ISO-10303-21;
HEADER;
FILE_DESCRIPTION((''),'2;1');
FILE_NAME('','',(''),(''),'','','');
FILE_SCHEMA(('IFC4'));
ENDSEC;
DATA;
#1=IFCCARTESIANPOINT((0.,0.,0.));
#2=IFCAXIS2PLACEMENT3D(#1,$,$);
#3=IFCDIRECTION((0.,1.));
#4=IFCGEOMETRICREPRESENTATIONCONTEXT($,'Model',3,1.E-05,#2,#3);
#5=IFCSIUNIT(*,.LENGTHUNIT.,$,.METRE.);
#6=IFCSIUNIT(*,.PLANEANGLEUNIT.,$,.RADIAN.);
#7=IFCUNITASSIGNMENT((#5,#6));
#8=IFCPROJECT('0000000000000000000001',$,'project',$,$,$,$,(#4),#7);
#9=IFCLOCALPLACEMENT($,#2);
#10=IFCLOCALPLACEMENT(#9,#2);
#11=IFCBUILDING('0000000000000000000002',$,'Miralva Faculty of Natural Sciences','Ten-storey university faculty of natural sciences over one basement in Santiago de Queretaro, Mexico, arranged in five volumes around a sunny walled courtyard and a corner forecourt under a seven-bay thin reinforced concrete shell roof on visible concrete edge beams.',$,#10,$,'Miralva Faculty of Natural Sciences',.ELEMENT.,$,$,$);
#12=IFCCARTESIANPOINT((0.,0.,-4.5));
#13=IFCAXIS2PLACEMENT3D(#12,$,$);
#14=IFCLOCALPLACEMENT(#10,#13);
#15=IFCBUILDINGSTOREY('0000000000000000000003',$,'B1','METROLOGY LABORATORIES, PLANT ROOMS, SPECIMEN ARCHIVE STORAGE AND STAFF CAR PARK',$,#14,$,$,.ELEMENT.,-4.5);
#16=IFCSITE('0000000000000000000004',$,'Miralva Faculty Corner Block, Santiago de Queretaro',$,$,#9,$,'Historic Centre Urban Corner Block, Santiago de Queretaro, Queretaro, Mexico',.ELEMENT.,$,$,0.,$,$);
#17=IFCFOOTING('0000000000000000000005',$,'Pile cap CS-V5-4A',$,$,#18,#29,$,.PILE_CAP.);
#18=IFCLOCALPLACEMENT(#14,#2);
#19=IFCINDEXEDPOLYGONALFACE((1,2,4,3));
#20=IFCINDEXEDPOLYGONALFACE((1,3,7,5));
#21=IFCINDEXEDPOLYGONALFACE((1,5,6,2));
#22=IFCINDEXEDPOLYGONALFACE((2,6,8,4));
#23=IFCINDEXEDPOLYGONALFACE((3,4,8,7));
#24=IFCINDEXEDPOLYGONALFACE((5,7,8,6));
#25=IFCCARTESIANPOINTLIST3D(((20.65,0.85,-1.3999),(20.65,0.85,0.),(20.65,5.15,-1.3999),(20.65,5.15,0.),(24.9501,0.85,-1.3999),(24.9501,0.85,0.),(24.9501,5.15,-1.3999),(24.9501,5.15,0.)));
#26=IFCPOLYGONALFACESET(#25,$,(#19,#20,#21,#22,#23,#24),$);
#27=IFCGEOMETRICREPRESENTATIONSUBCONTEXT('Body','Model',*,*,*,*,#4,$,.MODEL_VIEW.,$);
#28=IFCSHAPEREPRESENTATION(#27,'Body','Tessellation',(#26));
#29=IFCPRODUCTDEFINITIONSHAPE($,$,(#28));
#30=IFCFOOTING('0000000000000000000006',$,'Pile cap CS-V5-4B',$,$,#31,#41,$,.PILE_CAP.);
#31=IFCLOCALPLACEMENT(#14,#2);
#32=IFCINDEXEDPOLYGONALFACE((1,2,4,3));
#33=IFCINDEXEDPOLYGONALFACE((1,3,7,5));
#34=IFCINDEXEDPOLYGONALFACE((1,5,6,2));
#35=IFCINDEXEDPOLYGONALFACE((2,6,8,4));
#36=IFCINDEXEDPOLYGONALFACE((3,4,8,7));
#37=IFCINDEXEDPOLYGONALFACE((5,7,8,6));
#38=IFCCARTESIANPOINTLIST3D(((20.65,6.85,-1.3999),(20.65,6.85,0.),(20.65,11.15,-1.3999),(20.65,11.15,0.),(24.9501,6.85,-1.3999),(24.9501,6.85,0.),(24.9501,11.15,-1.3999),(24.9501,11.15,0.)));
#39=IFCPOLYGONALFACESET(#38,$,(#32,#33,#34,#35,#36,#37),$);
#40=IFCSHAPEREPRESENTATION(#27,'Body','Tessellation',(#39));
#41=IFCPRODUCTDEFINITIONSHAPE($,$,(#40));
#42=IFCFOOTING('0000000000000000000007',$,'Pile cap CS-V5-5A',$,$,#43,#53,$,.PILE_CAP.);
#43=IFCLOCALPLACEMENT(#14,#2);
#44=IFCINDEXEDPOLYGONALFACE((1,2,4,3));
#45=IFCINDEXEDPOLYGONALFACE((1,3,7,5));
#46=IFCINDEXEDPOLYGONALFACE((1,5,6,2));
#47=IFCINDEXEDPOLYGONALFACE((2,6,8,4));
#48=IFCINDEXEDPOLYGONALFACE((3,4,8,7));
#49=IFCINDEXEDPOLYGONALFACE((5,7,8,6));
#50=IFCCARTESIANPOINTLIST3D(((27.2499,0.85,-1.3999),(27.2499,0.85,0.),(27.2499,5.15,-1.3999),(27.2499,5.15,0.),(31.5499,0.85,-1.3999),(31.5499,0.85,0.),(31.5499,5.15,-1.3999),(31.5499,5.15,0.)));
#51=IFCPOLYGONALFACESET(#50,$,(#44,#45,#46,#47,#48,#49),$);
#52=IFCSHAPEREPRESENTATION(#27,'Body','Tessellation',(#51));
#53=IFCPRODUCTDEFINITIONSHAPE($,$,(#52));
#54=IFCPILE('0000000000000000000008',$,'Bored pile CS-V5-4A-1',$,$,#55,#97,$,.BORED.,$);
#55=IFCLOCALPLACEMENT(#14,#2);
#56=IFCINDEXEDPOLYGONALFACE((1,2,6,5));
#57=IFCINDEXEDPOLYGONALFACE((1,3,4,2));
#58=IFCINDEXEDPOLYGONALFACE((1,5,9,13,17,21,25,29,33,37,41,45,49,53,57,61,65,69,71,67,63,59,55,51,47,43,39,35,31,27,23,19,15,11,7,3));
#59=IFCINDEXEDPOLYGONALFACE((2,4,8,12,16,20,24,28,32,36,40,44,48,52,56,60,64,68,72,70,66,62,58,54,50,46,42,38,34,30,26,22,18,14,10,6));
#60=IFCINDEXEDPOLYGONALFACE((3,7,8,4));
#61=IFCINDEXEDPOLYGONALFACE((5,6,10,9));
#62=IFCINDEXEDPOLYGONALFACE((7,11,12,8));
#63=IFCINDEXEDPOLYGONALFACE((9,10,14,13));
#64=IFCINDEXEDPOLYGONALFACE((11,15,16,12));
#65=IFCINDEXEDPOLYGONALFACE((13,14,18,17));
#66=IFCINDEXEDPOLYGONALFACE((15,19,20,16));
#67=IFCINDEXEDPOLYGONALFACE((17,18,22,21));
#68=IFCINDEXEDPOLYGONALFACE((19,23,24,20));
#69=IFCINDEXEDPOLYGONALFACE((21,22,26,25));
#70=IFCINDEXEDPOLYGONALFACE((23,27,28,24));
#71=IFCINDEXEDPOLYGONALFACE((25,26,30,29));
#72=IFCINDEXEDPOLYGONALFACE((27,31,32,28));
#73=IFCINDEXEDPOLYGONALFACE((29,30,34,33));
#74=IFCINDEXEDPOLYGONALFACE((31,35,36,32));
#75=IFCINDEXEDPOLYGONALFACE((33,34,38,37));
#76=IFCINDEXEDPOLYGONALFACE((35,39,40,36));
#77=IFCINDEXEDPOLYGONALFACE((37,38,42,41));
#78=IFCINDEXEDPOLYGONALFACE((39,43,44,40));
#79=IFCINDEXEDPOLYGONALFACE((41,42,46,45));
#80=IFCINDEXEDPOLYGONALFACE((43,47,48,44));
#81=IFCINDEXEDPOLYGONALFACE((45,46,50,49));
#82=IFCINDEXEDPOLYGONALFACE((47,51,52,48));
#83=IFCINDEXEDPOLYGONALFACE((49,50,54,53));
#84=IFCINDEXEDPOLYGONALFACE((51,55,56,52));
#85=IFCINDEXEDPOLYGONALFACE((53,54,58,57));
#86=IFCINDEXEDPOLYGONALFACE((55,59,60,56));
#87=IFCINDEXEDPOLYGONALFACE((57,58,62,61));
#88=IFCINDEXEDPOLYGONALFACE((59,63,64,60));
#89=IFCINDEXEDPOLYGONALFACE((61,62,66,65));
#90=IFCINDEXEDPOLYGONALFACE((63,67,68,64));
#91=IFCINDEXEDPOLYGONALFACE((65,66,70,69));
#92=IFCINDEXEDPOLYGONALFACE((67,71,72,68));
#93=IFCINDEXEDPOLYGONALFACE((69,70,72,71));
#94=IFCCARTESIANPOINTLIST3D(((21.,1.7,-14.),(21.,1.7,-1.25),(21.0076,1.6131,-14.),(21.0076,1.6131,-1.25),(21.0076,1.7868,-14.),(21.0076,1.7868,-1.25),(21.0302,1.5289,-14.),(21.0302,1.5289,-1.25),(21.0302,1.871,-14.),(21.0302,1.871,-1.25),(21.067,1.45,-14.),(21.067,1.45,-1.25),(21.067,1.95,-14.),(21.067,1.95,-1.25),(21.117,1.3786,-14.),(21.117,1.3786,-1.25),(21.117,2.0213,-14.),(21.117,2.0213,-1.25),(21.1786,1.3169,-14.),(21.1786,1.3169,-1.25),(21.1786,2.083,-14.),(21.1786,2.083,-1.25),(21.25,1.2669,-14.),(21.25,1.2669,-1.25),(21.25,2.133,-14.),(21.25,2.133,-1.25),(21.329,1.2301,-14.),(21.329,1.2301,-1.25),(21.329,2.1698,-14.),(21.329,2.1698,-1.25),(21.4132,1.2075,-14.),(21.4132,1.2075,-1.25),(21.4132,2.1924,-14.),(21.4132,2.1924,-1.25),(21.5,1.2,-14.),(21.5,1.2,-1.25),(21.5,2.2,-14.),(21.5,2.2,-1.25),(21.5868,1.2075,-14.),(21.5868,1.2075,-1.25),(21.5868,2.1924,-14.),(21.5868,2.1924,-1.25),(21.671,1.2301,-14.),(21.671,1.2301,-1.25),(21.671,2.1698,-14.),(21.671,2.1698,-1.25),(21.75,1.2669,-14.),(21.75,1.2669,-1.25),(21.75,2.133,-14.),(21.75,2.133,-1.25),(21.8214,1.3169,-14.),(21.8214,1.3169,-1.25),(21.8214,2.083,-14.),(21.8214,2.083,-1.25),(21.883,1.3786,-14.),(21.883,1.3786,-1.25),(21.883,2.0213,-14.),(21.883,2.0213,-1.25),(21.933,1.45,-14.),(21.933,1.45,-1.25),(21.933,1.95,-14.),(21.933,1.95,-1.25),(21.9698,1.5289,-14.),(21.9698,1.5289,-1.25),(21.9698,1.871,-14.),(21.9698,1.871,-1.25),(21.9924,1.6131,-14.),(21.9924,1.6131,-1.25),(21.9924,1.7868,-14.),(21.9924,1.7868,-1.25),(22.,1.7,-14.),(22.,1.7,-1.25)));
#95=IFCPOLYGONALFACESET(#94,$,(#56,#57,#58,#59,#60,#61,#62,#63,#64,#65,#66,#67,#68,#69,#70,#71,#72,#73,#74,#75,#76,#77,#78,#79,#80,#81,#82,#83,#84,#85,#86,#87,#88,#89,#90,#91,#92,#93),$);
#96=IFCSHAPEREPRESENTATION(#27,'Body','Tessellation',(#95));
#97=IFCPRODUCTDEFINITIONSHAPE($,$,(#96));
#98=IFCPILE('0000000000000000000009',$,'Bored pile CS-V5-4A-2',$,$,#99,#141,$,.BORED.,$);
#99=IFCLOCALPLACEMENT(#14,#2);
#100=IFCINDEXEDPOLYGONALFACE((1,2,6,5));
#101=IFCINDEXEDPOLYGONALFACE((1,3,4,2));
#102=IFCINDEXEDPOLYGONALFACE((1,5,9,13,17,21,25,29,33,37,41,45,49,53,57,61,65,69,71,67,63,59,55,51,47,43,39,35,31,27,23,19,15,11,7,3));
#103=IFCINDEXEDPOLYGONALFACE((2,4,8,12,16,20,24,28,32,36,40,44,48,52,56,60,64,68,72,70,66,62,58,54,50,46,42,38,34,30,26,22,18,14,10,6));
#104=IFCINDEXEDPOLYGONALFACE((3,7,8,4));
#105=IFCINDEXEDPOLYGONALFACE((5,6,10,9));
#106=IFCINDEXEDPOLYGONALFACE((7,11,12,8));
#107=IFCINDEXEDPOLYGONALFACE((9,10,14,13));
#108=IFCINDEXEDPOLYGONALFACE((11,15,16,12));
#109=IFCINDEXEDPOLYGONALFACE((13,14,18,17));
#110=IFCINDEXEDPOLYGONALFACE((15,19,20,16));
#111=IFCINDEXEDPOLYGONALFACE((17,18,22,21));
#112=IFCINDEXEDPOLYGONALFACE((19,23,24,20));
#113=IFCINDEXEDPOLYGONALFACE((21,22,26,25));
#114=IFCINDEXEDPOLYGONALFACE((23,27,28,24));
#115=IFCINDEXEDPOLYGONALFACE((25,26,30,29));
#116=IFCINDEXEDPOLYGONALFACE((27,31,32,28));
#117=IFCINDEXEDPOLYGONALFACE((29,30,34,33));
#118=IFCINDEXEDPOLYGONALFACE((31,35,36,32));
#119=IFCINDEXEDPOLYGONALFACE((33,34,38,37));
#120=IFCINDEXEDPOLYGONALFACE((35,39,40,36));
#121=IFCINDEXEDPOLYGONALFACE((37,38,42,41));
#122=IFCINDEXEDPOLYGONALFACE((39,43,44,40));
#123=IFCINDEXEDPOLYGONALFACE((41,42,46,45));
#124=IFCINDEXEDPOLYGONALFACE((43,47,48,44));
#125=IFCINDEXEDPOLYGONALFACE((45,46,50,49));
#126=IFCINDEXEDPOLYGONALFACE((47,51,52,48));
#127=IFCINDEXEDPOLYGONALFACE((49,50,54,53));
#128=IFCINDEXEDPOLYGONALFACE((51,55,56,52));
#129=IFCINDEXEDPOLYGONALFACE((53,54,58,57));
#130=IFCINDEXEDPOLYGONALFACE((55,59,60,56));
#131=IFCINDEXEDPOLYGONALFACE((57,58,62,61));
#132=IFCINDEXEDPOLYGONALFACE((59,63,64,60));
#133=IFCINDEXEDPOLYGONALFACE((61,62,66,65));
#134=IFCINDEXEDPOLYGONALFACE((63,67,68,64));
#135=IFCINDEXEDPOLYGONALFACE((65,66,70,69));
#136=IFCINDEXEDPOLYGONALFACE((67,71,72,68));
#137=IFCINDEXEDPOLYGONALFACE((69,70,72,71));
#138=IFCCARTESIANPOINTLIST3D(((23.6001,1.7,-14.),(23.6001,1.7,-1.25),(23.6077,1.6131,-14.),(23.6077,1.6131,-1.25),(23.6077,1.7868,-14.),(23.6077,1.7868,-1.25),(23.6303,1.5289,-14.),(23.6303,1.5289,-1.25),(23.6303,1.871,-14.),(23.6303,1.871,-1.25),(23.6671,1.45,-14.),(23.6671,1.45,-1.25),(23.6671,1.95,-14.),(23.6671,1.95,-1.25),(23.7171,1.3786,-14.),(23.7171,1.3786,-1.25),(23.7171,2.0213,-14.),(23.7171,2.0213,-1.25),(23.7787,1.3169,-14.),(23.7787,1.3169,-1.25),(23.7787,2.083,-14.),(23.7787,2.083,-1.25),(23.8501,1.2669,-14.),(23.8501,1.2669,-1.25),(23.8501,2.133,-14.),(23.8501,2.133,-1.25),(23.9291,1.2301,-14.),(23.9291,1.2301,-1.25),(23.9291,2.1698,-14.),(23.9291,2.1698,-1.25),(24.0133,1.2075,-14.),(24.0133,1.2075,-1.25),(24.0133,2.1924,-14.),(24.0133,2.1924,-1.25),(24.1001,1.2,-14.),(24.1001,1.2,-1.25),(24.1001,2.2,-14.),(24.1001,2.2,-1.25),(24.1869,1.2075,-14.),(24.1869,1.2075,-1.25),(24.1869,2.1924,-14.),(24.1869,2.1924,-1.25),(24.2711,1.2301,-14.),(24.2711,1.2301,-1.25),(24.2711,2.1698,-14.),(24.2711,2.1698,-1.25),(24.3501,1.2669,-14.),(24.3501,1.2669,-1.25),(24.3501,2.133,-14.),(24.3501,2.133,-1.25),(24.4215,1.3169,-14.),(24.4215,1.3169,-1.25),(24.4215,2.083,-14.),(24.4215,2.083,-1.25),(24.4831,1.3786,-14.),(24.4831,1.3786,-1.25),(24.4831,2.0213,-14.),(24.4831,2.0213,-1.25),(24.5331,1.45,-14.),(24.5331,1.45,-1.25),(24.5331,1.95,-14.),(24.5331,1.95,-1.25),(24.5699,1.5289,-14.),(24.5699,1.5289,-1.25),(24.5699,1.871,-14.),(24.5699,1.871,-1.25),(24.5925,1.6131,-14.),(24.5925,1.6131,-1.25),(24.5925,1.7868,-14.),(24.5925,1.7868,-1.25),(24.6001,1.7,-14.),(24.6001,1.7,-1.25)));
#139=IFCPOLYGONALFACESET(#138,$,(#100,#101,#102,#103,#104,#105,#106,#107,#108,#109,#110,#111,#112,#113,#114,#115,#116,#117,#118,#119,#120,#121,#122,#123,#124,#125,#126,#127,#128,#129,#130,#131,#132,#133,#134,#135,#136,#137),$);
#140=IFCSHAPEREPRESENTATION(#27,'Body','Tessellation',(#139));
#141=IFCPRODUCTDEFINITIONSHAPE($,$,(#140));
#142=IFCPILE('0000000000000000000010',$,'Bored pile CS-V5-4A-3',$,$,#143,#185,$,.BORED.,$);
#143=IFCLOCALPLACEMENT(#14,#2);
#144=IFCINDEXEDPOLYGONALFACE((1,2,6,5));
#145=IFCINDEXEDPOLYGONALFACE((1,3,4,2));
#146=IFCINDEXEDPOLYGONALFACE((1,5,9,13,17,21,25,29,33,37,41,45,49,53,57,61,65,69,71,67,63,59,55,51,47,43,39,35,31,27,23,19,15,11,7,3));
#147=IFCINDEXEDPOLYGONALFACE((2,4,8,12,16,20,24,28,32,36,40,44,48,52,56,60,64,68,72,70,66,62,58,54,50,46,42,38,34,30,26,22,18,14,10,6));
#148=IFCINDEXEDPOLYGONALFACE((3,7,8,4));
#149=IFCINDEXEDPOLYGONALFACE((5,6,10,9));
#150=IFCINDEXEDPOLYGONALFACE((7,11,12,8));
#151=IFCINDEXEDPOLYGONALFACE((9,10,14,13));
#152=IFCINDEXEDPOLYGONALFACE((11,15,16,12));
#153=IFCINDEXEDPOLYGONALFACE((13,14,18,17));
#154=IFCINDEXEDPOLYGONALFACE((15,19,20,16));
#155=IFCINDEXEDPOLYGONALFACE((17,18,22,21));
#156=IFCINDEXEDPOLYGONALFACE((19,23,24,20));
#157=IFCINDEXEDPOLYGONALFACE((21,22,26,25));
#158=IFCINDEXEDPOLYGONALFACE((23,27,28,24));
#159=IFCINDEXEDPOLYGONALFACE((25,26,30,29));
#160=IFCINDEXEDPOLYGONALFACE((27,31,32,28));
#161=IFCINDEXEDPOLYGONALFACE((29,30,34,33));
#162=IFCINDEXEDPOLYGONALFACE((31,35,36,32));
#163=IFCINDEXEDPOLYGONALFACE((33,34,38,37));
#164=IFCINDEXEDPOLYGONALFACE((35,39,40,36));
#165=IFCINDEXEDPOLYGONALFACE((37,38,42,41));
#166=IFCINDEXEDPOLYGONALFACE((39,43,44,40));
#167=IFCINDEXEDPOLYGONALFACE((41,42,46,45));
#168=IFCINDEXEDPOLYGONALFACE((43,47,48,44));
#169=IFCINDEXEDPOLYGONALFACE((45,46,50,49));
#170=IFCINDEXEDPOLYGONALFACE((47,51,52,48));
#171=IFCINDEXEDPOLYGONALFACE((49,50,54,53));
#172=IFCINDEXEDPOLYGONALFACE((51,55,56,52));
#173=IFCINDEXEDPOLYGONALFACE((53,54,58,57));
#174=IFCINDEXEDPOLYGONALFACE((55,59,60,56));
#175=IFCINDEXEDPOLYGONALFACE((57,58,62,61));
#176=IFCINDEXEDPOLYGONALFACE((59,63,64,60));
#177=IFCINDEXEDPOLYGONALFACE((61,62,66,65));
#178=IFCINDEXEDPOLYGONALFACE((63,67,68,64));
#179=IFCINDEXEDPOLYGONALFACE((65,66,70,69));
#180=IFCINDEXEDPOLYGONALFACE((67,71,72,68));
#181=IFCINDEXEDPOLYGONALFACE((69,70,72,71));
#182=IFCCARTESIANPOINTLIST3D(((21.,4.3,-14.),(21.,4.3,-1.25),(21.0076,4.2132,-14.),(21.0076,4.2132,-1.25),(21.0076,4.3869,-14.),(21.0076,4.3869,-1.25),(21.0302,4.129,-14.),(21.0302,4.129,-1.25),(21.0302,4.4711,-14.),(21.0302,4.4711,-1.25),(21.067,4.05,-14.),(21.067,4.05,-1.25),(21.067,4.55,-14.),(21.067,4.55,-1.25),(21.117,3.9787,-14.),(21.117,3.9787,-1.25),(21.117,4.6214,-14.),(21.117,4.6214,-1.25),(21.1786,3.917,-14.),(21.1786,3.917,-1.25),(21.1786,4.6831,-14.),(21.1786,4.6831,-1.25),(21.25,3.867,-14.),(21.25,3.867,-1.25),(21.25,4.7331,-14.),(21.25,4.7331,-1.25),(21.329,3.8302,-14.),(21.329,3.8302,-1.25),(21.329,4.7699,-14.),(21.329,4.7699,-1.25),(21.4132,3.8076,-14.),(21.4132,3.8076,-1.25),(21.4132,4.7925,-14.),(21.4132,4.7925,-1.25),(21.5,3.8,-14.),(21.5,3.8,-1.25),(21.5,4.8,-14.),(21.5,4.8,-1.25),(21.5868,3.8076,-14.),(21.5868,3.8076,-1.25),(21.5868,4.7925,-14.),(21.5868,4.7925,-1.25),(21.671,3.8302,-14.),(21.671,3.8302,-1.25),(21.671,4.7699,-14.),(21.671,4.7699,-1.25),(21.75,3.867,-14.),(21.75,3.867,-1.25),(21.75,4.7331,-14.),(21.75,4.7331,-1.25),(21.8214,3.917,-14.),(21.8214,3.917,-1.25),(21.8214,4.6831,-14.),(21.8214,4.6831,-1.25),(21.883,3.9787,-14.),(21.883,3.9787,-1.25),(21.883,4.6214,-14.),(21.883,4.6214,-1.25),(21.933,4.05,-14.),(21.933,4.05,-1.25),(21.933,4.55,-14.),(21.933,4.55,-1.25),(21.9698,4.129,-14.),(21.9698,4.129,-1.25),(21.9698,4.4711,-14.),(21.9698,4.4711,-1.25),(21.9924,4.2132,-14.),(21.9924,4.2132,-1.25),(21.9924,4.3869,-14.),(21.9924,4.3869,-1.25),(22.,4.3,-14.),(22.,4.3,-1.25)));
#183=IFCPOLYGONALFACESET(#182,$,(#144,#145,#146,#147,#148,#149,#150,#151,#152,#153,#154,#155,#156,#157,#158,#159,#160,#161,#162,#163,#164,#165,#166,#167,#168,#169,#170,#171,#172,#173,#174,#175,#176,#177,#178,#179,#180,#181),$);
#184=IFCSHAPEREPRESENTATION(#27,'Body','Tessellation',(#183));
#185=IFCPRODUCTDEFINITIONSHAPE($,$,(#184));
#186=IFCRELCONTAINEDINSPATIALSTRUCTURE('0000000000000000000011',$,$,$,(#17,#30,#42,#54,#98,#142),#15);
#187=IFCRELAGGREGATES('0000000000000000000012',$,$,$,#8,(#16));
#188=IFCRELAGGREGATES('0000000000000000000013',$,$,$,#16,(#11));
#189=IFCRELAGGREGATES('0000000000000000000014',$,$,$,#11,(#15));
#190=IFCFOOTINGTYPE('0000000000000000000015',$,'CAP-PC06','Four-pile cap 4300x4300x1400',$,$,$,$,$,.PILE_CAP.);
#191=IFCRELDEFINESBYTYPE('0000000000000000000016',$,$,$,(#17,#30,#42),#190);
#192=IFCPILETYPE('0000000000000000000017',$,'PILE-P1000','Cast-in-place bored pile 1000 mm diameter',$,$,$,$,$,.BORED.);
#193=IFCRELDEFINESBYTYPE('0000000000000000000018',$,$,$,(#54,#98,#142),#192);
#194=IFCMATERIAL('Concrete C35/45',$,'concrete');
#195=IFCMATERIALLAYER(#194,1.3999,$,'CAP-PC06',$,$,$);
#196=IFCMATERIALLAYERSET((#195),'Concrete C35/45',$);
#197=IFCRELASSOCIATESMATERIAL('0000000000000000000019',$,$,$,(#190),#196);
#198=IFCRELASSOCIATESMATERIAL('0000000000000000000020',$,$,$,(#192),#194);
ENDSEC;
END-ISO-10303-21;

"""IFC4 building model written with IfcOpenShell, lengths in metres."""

from ifc_helpers import new_model, si_unit, direction, frame, origin, origin_2d, place, context, subcontext, project, spatial, rectangle, circle, extrude, material, layer, layer_set, material_profile, profile_set, type_object, element, save


model = new_model("IFC4")

# Units and contexts
model_context = context("Model", 3, precision=1e-05, world=origin(), true_north=direction((0.0, 1.0)))
body_context = subcontext(model_context, "Body", "Model", "MODEL_VIEW")
ifc_project = project(units=[si_unit("LENGTHUNIT", "METRE"), si_unit("PLANEANGLEUNIT", "RADIAN")], contexts=[model_context])

# Site, building, storey
site_placement = place(None, origin())
site = spatial("IfcSite", under=ifc_project, at=site_placement, Name="Miralva Faculty Corner Block, Santiago de Queretaro", LongName="Historic Centre Urban Corner Block, Santiago de Queretaro, Queretaro, Mexico", CompositionType="ELEMENT", RefElevation=0.0)
building_placement = place(site_placement, origin())
building = spatial("IfcBuilding", under=site, at=building_placement, Name="Miralva Faculty of Natural Sciences", Description="Ten-storey university faculty of natural sciences over one basement in Santiago de Queretaro, Mexico, arranged in five volumes around a sunny walled courtyard and a corner forecourt under a seven-bay thin reinforced concrete shell roof on visible concrete edge beams.", LongName="Miralva Faculty of Natural Sciences", CompositionType="ELEMENT")
storey_placement = place(building_placement, frame((0.0, 0.0, -4.5)))
storey = spatial("IfcBuildingStorey", under=building, at=storey_placement, Name="B1", Description="METROLOGY LABORATORIES, PLANT ROOMS, SPECIMEN ARCHIVE STORAGE AND STAFF CAR PARK", CompositionType="ELEMENT", Elevation=-4.5)

# Footings
ifc_material_1 = material(Name="Concrete C35/45", Category="concrete")
ifc_layer_1 = layer(ifc_material_1, 1.3999, Name="CAP-PC06")
ifc_layer_set_1 = layer_set([ifc_layer_1], Name="Concrete C35/45")
footing_type_1 = type_object("IfcFootingType", Name="CAP-PC06", Description="Four-pile cap 4300x4300x1400", PredefinedType="PILE_CAP", material=ifc_layer_set_1)
for number, where, z_axis, x_axis, name in (
    (1, (22.8, 3.0, -1.3999), (0.0, 0.0, 1.0), (1.0, 0.0, 0.0), "Pile cap CS-V5-4A"),
    (2, (22.8, 9.0, -1.3999), (0.0, 0.0, 1.0), (1.0, 0.0, 0.0), "Pile cap CS-V5-4B"),
    (3, (29.3999, 3.0, -1.3999), (0.0, 0.0, 1.0), (1.0, 0.0, 0.0), "Pile cap CS-V5-5A"),
):
    element("IfcFooting", number, at=place(storey_placement, frame(where, z_axis=z_axis, x_axis=x_axis)), inside=storey, type_object=footing_type_1, Name=name, PredefinedType="PILE_CAP", context=body_context, shape_type="SweptSolid", body=[
        extrude(rectangle(XDim=4.3, YDim=4.3, at=origin_2d()), origin(), (0.0, 0.0, 1.0), 1.3999),
    ])

# Piles
ifc_material_profile_1 = material_profile(ifc_material_1, circle(Radius=0.5, at=origin_2d()), Name="BORED PILE 1000")
ifc_profile_set_1 = profile_set([ifc_material_profile_1], Name="Concrete C35/45")
pile_type = type_object("IfcPileType", Name="PILE-P1000", Description="Cast-in-place bored pile 1000 mm diameter", PredefinedType="BORED", material=ifc_profile_set_1)
for number, where, z_axis, x_axis, name in (
    (4, (21.5, 1.7, -1.25), (0.0, 0.0, -1.0), (1.0, 0.0, 0.0), "Bored pile CS-V5-4A-1"),
    (5, (24.1001, 1.7, -1.25), (0.0, 0.0, -1.0), (1.0, 0.0, 0.0), "Bored pile CS-V5-4A-2"),
    (6, (21.5, 4.3, -1.25), (0.0, 0.0, -1.0), (1.0, 0.0, 0.0), "Bored pile CS-V5-4A-3"),
):
    element("IfcPile", number, at=place(storey_placement, frame(where, z_axis=z_axis, x_axis=x_axis)), inside=storey, type_object=pile_type, Name=name, PredefinedType="BORED", context=body_context, shape_type="SweptSolid", body=[
        extrude(circle(Radius=0.5, at=origin_2d()), origin(), (0.0, 0.0, 1.0), 12.75),
    ])

save(model, "model.ifc")
